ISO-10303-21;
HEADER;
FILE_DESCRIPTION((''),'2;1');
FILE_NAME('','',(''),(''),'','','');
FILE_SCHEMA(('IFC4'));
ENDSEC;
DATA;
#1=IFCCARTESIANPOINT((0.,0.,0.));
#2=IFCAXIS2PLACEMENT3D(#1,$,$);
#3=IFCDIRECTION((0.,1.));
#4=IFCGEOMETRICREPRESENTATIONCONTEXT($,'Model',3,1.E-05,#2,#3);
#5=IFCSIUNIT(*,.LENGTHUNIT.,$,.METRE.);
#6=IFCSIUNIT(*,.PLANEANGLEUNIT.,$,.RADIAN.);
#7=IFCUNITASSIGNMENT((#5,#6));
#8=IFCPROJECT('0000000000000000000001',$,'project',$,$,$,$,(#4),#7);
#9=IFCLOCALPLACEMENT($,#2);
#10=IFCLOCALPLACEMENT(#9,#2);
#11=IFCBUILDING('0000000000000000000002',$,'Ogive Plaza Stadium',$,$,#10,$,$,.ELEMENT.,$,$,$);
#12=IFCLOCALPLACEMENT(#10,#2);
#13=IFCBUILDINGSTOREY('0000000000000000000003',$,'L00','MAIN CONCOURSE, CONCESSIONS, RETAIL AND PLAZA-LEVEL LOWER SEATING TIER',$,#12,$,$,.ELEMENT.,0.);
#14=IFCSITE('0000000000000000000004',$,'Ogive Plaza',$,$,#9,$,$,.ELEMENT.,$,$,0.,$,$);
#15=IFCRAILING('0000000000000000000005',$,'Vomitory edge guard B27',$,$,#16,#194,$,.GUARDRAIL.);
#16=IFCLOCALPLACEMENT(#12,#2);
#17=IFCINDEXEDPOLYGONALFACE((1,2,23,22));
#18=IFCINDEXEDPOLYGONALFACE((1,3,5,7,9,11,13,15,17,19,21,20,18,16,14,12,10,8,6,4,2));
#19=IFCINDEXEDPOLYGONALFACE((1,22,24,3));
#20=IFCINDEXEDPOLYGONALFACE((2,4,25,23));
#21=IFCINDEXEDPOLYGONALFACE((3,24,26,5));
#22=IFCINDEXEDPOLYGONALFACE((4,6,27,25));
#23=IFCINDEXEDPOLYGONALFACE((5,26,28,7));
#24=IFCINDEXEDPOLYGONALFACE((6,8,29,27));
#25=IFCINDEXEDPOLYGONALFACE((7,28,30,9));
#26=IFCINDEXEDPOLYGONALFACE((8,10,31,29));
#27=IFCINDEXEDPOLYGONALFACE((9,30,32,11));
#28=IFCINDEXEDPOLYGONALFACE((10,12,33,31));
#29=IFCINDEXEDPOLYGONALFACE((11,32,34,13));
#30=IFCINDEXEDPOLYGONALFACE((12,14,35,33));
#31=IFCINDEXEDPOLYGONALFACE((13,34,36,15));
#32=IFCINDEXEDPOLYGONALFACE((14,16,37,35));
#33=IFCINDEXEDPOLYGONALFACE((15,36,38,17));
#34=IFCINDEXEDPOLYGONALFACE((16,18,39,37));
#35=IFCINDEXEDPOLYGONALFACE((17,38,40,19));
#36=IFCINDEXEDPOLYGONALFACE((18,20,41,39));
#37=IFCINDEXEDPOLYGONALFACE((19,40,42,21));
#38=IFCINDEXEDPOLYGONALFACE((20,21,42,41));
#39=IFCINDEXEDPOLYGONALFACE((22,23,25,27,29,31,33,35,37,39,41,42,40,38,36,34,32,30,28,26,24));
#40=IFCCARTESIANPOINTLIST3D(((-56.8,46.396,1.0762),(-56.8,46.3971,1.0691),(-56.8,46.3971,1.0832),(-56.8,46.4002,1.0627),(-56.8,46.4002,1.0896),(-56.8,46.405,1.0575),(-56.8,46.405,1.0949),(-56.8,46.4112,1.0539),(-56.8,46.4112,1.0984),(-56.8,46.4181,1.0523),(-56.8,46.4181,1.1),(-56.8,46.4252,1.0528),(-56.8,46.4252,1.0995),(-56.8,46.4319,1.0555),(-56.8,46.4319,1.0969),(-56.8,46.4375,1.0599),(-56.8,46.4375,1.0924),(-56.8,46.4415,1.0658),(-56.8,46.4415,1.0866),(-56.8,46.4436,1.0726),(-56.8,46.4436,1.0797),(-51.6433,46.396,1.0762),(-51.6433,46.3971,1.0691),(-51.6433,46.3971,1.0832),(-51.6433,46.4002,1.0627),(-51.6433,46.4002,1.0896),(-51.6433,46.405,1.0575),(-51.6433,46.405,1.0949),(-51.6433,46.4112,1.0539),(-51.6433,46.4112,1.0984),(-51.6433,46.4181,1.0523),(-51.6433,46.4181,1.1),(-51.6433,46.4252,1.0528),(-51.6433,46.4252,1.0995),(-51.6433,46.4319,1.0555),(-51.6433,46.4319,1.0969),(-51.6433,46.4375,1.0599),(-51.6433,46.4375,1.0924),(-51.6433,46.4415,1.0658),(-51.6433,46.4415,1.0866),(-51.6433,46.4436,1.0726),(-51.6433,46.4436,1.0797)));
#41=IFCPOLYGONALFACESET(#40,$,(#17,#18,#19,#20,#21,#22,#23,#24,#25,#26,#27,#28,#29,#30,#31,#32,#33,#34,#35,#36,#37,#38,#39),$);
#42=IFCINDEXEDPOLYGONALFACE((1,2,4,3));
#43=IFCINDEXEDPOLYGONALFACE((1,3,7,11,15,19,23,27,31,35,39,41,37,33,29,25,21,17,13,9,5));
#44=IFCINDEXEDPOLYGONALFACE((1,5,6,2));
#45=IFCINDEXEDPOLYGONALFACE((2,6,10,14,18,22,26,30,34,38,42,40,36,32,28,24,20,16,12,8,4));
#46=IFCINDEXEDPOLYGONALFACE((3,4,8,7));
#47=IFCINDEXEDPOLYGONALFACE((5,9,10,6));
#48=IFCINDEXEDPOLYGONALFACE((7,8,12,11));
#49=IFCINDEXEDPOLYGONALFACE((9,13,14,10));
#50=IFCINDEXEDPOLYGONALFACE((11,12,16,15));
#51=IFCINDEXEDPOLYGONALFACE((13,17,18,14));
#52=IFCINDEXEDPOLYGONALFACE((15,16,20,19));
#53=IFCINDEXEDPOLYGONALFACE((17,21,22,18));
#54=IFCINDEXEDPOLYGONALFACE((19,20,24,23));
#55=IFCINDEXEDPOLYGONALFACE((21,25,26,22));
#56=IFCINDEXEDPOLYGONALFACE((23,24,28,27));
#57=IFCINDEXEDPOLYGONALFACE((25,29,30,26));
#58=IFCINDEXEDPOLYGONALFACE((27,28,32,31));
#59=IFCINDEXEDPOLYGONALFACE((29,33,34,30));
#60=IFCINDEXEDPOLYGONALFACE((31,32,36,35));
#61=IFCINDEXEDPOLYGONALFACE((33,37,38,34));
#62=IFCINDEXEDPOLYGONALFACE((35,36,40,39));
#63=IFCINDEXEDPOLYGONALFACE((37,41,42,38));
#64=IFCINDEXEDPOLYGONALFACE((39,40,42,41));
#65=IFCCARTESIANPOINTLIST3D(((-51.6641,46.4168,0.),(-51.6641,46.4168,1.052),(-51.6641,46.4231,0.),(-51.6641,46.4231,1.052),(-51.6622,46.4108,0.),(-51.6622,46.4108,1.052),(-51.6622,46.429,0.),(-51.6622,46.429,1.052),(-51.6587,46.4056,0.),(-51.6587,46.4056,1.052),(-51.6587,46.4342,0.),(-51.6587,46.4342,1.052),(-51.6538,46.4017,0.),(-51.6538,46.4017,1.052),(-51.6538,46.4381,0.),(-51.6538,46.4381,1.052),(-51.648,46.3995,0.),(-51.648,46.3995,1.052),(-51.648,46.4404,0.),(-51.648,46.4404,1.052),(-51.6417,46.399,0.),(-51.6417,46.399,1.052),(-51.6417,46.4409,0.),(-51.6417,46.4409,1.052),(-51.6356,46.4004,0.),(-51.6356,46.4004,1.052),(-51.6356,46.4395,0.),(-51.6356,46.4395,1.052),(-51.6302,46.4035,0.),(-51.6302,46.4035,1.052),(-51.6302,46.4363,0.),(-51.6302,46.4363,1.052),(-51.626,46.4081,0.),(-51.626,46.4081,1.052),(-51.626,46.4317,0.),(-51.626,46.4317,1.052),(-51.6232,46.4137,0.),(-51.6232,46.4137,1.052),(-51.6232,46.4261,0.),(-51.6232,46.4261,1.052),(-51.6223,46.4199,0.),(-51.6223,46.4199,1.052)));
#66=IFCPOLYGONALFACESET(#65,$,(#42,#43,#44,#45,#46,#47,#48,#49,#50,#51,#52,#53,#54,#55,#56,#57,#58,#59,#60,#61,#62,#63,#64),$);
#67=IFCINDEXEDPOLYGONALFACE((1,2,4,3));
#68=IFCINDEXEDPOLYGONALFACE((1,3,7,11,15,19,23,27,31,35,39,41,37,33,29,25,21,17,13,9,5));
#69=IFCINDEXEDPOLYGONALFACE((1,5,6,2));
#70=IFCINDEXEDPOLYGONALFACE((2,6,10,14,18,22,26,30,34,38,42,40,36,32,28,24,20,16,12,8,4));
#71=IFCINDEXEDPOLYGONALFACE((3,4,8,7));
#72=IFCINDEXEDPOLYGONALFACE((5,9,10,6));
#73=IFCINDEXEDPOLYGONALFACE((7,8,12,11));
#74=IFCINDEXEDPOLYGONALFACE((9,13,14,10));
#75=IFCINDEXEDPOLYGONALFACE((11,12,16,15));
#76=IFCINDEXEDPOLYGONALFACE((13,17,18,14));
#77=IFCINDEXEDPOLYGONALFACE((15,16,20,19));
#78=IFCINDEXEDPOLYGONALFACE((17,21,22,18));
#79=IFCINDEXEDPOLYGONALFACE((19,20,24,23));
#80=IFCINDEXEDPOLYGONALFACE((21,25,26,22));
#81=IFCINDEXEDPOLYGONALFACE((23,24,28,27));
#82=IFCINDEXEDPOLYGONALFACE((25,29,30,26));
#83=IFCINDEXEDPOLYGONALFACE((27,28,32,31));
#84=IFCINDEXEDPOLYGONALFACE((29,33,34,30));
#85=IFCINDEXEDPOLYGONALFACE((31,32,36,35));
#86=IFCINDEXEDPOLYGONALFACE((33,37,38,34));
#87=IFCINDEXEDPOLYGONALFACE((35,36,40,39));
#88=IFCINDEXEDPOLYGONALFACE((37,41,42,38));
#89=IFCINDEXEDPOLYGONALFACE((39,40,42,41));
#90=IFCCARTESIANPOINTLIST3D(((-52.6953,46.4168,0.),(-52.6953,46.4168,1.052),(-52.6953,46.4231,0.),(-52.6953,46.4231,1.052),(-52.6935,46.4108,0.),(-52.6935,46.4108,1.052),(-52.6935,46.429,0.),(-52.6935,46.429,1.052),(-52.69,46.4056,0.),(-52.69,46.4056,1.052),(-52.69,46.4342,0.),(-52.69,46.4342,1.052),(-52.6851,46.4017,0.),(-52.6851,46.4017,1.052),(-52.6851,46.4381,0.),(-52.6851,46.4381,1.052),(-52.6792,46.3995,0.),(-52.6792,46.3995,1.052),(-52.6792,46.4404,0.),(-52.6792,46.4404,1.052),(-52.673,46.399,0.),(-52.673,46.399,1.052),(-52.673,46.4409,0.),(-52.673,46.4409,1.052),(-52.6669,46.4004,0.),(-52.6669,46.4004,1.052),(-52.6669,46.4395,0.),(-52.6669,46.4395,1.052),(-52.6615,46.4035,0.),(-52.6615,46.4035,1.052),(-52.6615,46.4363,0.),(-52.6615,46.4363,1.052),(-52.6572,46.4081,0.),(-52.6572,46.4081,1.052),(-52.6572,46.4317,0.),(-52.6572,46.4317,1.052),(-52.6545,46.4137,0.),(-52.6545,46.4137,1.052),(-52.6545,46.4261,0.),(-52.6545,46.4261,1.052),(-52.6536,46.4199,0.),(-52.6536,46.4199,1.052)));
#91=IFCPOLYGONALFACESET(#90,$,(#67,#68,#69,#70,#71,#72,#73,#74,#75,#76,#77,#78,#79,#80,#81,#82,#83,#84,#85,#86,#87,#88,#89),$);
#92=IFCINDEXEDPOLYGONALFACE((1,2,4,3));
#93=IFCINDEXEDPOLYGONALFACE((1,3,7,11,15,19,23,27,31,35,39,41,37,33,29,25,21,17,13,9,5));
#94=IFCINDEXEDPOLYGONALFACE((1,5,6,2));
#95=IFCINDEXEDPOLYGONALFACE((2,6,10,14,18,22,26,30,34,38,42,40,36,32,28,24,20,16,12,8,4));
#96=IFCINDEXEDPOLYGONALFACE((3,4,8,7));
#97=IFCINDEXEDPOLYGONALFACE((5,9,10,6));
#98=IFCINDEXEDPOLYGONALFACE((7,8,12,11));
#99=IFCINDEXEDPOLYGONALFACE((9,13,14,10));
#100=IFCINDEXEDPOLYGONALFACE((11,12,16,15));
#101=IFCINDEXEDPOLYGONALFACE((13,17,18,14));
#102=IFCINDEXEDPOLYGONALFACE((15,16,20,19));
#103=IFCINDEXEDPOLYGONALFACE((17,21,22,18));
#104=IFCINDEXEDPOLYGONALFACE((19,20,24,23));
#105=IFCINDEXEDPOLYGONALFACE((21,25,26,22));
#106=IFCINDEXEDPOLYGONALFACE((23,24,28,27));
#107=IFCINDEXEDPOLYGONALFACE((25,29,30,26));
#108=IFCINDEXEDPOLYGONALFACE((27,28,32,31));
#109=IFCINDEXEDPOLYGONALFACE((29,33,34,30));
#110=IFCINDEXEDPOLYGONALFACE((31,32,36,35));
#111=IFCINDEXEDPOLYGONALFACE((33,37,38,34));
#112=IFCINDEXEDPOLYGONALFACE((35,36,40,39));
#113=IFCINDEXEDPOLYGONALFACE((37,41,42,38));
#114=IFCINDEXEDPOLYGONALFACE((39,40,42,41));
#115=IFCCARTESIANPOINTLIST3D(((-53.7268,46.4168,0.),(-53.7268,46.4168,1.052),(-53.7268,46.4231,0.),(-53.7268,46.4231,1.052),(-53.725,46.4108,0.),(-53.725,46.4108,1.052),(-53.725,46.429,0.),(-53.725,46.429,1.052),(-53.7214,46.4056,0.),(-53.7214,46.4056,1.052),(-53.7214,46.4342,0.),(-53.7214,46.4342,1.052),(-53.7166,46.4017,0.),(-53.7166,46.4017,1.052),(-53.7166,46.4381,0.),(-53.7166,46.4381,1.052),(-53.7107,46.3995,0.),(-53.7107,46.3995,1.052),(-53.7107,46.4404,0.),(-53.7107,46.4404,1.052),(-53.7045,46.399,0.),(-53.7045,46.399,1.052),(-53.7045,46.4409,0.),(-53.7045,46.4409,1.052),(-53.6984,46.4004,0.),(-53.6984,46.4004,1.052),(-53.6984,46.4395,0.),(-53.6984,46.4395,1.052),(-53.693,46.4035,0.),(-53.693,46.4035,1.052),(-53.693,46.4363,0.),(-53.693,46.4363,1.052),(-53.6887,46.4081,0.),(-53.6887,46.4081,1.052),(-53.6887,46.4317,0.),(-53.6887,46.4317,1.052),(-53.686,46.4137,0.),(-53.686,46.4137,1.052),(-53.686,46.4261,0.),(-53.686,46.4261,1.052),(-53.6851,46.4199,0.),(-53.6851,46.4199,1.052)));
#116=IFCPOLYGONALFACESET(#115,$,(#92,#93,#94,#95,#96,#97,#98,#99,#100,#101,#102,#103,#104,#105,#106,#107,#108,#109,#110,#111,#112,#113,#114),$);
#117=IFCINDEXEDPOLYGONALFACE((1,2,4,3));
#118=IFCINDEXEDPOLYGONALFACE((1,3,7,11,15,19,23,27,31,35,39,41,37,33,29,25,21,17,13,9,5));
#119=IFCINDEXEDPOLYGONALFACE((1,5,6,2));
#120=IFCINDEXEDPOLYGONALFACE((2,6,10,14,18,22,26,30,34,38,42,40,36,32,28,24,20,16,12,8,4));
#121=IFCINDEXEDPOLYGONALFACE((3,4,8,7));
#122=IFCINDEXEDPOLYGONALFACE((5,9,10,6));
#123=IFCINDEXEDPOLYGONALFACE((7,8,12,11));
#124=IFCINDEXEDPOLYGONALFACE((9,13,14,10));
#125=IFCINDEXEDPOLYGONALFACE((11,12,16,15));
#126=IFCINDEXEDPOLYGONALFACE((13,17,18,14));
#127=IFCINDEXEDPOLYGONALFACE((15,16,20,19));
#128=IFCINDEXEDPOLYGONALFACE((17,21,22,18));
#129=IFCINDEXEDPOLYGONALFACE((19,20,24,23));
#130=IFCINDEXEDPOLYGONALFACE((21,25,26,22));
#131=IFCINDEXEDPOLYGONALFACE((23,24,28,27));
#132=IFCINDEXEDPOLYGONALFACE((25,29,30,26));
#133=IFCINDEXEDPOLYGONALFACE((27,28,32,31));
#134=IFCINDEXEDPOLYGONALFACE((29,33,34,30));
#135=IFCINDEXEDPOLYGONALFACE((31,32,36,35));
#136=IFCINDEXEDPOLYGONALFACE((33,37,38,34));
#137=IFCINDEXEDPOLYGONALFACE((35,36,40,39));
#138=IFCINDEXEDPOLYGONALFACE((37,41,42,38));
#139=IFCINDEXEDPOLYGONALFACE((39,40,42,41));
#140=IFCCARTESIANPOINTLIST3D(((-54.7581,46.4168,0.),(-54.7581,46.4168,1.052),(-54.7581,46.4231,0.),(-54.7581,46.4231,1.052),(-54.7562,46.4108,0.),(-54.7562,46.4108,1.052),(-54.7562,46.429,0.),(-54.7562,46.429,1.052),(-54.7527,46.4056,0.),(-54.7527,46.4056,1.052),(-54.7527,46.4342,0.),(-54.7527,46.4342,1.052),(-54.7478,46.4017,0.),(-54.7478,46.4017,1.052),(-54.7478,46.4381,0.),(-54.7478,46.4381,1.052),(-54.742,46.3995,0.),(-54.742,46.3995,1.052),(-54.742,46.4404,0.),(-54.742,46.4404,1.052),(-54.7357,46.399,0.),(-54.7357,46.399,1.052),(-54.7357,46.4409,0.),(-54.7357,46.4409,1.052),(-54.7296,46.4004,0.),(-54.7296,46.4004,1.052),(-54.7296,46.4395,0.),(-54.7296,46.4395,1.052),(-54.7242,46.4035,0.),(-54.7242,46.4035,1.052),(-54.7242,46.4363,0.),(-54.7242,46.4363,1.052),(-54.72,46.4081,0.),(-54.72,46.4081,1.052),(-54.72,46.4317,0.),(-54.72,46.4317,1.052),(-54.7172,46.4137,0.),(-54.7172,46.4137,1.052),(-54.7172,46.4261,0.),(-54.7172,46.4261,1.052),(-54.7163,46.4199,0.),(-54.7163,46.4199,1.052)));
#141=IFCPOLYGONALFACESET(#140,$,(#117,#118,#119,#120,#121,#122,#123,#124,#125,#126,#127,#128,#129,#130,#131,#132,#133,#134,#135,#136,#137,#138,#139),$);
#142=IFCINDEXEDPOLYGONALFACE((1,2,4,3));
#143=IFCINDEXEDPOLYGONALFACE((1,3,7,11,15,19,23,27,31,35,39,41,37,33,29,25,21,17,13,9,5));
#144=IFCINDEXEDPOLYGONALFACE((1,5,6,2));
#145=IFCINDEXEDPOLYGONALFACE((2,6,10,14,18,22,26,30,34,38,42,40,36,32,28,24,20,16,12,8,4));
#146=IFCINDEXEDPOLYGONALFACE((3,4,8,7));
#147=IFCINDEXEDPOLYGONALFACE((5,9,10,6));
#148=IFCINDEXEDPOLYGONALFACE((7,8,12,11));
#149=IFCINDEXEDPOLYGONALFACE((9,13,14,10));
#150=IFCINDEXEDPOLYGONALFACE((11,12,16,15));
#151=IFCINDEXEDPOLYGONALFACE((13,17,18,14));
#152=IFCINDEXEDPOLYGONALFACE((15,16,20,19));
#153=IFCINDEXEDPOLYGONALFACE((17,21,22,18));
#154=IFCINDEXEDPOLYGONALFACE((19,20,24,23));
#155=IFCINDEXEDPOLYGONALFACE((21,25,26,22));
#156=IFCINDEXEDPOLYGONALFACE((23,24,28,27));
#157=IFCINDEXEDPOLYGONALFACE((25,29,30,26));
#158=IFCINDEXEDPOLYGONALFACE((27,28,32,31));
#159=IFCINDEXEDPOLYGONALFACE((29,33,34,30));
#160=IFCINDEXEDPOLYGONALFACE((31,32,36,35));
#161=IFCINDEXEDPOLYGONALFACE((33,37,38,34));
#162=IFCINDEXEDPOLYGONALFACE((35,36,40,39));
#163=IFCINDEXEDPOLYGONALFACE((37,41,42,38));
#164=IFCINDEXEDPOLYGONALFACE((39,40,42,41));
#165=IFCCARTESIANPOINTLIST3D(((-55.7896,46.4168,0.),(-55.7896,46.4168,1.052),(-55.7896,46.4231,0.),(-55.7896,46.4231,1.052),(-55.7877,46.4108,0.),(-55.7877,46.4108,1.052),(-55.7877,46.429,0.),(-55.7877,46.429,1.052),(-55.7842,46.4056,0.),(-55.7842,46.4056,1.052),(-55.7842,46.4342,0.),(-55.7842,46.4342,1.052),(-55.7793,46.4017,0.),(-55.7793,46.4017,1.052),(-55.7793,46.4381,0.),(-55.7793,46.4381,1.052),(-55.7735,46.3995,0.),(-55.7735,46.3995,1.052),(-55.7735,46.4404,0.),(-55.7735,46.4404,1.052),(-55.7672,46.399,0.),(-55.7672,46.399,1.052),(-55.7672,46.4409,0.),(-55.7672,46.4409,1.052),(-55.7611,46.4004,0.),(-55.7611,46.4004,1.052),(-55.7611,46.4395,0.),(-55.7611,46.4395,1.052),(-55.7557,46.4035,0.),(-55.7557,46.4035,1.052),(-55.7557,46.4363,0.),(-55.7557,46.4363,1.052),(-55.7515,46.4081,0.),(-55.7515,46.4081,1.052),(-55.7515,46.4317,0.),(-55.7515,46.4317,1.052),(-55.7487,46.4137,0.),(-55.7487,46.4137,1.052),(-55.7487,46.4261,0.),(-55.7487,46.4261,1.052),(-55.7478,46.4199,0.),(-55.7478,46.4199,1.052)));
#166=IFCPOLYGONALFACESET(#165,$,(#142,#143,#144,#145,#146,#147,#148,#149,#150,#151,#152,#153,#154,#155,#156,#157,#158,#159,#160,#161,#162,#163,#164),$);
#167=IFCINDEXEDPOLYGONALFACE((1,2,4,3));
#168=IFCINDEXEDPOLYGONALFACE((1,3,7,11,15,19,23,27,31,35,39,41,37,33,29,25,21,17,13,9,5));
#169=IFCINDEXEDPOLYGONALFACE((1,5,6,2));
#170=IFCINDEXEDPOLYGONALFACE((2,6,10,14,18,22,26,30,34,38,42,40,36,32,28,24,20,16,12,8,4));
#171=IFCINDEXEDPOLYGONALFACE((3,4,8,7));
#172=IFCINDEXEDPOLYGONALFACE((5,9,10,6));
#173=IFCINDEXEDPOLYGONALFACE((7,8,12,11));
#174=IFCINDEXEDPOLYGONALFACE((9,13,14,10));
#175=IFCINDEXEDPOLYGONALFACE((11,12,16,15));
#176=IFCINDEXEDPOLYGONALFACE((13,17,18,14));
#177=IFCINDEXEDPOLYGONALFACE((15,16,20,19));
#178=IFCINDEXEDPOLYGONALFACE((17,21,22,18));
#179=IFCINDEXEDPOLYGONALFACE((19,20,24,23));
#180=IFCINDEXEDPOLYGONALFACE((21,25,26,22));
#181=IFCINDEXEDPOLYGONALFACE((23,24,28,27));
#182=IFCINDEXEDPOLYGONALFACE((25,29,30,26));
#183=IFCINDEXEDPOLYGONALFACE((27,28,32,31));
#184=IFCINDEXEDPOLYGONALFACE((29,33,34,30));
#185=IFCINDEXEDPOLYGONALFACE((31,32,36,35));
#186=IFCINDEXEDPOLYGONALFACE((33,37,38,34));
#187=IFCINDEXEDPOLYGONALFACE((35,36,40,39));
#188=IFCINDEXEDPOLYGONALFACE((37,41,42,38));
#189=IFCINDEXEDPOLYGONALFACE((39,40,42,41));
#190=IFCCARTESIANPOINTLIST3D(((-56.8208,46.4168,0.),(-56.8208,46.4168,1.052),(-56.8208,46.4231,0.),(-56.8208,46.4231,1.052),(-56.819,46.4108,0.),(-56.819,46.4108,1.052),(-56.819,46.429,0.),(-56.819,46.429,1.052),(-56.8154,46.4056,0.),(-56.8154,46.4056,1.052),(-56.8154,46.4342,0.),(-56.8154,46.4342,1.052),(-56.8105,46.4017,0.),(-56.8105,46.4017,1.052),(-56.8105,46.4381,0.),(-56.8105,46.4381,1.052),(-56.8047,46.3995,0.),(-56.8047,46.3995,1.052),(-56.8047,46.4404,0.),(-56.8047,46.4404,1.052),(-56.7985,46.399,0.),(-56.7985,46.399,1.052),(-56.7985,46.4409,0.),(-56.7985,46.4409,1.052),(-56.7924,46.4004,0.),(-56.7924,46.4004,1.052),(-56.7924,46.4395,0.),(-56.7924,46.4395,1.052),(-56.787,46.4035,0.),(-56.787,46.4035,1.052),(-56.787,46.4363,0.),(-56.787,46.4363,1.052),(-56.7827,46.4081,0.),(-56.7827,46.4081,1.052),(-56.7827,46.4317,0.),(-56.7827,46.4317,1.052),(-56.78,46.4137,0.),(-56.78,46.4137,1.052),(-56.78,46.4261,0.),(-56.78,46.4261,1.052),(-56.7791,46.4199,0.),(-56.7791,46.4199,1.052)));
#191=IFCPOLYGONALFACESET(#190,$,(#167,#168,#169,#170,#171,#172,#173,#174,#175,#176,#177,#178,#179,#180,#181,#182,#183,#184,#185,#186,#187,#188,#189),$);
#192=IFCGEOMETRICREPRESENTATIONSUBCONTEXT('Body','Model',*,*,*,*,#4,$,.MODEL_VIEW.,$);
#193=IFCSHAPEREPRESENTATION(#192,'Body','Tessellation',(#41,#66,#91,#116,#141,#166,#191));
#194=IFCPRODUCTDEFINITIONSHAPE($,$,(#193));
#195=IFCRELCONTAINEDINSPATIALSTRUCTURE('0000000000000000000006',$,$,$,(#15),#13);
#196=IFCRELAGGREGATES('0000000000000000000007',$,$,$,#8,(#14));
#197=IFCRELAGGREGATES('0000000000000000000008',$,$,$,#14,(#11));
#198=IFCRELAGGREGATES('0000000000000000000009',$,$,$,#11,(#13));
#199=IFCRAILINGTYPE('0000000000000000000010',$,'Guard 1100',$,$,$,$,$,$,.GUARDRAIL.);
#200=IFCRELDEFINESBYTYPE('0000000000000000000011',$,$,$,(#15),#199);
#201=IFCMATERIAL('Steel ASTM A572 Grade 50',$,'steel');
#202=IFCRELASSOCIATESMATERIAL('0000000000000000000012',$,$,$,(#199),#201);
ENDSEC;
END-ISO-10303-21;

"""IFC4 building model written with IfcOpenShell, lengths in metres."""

from ifc_helpers import new_model, si_unit, direction, frame, origin, origin_2d, place, context, subcontext, project, spatial, circle, extrude, material, type_object, element, save


model = new_model("IFC4")

# Units and contexts
model_context = context("Model", 3, precision=1e-05, world=origin(), true_north=direction((0.0, 1.0)))
body_context = subcontext(model_context, "Body", "Model", "MODEL_VIEW")
ifc_project = project(units=[si_unit("LENGTHUNIT", "METRE"), si_unit("PLANEANGLEUNIT", "RADIAN")], contexts=[model_context])

# Site, building, storey
site_placement = place(None, origin())
site = spatial("IfcSite", under=ifc_project, at=site_placement, Name="Ogive Plaza", CompositionType="ELEMENT", RefElevation=0.0)
building_placement = place(site_placement, origin())
building = spatial("IfcBuilding", under=site, at=building_placement, Name="Ogive Plaza Stadium", CompositionType="ELEMENT")
storey_placement = place(building_placement, origin())
storey = spatial("IfcBuildingStorey", under=building, at=storey_placement, Name="L00", Description="MAIN CONCOURSE, CONCESSIONS, RETAIL AND PLAZA-LEVEL LOWER SEATING TIER", CompositionType="ELEMENT", Elevation=0.0)

# Railing
ifc_material_1 = material(Name="Steel ASTM A572 Grade 50", Category="steel")
railing_type = type_object("IfcRailingType", Name="Guard 1100", PredefinedType="GUARDRAIL", material=ifc_material_1)
for number, where, name in (
    (1, (-51.6433, 46.4199, 0.0), "Vomitory edge guard B27"),
):
    element("IfcRailing", number, at=place(storey_placement, frame(where)), inside=storey, type_object=railing_type, Name=name, PredefinedType="GUARDRAIL", context=body_context, shape_type="SweptSolid", body=[
        extrude(circle(Radius=0.0239, at=origin_2d()), frame((0.0, 0.0, 1.0762), z_axis=(-1.0, 0.0, 0.0), x_axis=(0.0, -1.0, 0.0)), (0.0, 0.0, 1.0), 5.1567),
        extrude(circle(Radius=0.021, at=origin_2d()), origin(), (0.0, 0.0, 1.0), 1.052),
        extrude(circle(Radius=0.021, at=origin_2d()), frame((-1.0312, 0.0, 0.0)), (0.0, 0.0, 1.0), 1.052),
        extrude(circle(Radius=0.021, at=origin_2d()), frame((-2.0627, 0.0, 0.0)), (0.0, 0.0, 1.0), 1.052),
        extrude(circle(Radius=0.021, at=origin_2d()), frame((-3.094, 0.0, 0.0)), (0.0, 0.0, 1.0), 1.052),
        extrude(circle(Radius=0.021, at=origin_2d()), frame((-4.1255, 0.0, 0.0)), (0.0, 0.0, 1.0), 1.052),
        extrude(circle(Radius=0.021, at=origin_2d()), frame((-5.1567, 0.0, 0.0)), (0.0, 0.0, 1.0), 1.052),
    ])

save(model, "model.ifc")
